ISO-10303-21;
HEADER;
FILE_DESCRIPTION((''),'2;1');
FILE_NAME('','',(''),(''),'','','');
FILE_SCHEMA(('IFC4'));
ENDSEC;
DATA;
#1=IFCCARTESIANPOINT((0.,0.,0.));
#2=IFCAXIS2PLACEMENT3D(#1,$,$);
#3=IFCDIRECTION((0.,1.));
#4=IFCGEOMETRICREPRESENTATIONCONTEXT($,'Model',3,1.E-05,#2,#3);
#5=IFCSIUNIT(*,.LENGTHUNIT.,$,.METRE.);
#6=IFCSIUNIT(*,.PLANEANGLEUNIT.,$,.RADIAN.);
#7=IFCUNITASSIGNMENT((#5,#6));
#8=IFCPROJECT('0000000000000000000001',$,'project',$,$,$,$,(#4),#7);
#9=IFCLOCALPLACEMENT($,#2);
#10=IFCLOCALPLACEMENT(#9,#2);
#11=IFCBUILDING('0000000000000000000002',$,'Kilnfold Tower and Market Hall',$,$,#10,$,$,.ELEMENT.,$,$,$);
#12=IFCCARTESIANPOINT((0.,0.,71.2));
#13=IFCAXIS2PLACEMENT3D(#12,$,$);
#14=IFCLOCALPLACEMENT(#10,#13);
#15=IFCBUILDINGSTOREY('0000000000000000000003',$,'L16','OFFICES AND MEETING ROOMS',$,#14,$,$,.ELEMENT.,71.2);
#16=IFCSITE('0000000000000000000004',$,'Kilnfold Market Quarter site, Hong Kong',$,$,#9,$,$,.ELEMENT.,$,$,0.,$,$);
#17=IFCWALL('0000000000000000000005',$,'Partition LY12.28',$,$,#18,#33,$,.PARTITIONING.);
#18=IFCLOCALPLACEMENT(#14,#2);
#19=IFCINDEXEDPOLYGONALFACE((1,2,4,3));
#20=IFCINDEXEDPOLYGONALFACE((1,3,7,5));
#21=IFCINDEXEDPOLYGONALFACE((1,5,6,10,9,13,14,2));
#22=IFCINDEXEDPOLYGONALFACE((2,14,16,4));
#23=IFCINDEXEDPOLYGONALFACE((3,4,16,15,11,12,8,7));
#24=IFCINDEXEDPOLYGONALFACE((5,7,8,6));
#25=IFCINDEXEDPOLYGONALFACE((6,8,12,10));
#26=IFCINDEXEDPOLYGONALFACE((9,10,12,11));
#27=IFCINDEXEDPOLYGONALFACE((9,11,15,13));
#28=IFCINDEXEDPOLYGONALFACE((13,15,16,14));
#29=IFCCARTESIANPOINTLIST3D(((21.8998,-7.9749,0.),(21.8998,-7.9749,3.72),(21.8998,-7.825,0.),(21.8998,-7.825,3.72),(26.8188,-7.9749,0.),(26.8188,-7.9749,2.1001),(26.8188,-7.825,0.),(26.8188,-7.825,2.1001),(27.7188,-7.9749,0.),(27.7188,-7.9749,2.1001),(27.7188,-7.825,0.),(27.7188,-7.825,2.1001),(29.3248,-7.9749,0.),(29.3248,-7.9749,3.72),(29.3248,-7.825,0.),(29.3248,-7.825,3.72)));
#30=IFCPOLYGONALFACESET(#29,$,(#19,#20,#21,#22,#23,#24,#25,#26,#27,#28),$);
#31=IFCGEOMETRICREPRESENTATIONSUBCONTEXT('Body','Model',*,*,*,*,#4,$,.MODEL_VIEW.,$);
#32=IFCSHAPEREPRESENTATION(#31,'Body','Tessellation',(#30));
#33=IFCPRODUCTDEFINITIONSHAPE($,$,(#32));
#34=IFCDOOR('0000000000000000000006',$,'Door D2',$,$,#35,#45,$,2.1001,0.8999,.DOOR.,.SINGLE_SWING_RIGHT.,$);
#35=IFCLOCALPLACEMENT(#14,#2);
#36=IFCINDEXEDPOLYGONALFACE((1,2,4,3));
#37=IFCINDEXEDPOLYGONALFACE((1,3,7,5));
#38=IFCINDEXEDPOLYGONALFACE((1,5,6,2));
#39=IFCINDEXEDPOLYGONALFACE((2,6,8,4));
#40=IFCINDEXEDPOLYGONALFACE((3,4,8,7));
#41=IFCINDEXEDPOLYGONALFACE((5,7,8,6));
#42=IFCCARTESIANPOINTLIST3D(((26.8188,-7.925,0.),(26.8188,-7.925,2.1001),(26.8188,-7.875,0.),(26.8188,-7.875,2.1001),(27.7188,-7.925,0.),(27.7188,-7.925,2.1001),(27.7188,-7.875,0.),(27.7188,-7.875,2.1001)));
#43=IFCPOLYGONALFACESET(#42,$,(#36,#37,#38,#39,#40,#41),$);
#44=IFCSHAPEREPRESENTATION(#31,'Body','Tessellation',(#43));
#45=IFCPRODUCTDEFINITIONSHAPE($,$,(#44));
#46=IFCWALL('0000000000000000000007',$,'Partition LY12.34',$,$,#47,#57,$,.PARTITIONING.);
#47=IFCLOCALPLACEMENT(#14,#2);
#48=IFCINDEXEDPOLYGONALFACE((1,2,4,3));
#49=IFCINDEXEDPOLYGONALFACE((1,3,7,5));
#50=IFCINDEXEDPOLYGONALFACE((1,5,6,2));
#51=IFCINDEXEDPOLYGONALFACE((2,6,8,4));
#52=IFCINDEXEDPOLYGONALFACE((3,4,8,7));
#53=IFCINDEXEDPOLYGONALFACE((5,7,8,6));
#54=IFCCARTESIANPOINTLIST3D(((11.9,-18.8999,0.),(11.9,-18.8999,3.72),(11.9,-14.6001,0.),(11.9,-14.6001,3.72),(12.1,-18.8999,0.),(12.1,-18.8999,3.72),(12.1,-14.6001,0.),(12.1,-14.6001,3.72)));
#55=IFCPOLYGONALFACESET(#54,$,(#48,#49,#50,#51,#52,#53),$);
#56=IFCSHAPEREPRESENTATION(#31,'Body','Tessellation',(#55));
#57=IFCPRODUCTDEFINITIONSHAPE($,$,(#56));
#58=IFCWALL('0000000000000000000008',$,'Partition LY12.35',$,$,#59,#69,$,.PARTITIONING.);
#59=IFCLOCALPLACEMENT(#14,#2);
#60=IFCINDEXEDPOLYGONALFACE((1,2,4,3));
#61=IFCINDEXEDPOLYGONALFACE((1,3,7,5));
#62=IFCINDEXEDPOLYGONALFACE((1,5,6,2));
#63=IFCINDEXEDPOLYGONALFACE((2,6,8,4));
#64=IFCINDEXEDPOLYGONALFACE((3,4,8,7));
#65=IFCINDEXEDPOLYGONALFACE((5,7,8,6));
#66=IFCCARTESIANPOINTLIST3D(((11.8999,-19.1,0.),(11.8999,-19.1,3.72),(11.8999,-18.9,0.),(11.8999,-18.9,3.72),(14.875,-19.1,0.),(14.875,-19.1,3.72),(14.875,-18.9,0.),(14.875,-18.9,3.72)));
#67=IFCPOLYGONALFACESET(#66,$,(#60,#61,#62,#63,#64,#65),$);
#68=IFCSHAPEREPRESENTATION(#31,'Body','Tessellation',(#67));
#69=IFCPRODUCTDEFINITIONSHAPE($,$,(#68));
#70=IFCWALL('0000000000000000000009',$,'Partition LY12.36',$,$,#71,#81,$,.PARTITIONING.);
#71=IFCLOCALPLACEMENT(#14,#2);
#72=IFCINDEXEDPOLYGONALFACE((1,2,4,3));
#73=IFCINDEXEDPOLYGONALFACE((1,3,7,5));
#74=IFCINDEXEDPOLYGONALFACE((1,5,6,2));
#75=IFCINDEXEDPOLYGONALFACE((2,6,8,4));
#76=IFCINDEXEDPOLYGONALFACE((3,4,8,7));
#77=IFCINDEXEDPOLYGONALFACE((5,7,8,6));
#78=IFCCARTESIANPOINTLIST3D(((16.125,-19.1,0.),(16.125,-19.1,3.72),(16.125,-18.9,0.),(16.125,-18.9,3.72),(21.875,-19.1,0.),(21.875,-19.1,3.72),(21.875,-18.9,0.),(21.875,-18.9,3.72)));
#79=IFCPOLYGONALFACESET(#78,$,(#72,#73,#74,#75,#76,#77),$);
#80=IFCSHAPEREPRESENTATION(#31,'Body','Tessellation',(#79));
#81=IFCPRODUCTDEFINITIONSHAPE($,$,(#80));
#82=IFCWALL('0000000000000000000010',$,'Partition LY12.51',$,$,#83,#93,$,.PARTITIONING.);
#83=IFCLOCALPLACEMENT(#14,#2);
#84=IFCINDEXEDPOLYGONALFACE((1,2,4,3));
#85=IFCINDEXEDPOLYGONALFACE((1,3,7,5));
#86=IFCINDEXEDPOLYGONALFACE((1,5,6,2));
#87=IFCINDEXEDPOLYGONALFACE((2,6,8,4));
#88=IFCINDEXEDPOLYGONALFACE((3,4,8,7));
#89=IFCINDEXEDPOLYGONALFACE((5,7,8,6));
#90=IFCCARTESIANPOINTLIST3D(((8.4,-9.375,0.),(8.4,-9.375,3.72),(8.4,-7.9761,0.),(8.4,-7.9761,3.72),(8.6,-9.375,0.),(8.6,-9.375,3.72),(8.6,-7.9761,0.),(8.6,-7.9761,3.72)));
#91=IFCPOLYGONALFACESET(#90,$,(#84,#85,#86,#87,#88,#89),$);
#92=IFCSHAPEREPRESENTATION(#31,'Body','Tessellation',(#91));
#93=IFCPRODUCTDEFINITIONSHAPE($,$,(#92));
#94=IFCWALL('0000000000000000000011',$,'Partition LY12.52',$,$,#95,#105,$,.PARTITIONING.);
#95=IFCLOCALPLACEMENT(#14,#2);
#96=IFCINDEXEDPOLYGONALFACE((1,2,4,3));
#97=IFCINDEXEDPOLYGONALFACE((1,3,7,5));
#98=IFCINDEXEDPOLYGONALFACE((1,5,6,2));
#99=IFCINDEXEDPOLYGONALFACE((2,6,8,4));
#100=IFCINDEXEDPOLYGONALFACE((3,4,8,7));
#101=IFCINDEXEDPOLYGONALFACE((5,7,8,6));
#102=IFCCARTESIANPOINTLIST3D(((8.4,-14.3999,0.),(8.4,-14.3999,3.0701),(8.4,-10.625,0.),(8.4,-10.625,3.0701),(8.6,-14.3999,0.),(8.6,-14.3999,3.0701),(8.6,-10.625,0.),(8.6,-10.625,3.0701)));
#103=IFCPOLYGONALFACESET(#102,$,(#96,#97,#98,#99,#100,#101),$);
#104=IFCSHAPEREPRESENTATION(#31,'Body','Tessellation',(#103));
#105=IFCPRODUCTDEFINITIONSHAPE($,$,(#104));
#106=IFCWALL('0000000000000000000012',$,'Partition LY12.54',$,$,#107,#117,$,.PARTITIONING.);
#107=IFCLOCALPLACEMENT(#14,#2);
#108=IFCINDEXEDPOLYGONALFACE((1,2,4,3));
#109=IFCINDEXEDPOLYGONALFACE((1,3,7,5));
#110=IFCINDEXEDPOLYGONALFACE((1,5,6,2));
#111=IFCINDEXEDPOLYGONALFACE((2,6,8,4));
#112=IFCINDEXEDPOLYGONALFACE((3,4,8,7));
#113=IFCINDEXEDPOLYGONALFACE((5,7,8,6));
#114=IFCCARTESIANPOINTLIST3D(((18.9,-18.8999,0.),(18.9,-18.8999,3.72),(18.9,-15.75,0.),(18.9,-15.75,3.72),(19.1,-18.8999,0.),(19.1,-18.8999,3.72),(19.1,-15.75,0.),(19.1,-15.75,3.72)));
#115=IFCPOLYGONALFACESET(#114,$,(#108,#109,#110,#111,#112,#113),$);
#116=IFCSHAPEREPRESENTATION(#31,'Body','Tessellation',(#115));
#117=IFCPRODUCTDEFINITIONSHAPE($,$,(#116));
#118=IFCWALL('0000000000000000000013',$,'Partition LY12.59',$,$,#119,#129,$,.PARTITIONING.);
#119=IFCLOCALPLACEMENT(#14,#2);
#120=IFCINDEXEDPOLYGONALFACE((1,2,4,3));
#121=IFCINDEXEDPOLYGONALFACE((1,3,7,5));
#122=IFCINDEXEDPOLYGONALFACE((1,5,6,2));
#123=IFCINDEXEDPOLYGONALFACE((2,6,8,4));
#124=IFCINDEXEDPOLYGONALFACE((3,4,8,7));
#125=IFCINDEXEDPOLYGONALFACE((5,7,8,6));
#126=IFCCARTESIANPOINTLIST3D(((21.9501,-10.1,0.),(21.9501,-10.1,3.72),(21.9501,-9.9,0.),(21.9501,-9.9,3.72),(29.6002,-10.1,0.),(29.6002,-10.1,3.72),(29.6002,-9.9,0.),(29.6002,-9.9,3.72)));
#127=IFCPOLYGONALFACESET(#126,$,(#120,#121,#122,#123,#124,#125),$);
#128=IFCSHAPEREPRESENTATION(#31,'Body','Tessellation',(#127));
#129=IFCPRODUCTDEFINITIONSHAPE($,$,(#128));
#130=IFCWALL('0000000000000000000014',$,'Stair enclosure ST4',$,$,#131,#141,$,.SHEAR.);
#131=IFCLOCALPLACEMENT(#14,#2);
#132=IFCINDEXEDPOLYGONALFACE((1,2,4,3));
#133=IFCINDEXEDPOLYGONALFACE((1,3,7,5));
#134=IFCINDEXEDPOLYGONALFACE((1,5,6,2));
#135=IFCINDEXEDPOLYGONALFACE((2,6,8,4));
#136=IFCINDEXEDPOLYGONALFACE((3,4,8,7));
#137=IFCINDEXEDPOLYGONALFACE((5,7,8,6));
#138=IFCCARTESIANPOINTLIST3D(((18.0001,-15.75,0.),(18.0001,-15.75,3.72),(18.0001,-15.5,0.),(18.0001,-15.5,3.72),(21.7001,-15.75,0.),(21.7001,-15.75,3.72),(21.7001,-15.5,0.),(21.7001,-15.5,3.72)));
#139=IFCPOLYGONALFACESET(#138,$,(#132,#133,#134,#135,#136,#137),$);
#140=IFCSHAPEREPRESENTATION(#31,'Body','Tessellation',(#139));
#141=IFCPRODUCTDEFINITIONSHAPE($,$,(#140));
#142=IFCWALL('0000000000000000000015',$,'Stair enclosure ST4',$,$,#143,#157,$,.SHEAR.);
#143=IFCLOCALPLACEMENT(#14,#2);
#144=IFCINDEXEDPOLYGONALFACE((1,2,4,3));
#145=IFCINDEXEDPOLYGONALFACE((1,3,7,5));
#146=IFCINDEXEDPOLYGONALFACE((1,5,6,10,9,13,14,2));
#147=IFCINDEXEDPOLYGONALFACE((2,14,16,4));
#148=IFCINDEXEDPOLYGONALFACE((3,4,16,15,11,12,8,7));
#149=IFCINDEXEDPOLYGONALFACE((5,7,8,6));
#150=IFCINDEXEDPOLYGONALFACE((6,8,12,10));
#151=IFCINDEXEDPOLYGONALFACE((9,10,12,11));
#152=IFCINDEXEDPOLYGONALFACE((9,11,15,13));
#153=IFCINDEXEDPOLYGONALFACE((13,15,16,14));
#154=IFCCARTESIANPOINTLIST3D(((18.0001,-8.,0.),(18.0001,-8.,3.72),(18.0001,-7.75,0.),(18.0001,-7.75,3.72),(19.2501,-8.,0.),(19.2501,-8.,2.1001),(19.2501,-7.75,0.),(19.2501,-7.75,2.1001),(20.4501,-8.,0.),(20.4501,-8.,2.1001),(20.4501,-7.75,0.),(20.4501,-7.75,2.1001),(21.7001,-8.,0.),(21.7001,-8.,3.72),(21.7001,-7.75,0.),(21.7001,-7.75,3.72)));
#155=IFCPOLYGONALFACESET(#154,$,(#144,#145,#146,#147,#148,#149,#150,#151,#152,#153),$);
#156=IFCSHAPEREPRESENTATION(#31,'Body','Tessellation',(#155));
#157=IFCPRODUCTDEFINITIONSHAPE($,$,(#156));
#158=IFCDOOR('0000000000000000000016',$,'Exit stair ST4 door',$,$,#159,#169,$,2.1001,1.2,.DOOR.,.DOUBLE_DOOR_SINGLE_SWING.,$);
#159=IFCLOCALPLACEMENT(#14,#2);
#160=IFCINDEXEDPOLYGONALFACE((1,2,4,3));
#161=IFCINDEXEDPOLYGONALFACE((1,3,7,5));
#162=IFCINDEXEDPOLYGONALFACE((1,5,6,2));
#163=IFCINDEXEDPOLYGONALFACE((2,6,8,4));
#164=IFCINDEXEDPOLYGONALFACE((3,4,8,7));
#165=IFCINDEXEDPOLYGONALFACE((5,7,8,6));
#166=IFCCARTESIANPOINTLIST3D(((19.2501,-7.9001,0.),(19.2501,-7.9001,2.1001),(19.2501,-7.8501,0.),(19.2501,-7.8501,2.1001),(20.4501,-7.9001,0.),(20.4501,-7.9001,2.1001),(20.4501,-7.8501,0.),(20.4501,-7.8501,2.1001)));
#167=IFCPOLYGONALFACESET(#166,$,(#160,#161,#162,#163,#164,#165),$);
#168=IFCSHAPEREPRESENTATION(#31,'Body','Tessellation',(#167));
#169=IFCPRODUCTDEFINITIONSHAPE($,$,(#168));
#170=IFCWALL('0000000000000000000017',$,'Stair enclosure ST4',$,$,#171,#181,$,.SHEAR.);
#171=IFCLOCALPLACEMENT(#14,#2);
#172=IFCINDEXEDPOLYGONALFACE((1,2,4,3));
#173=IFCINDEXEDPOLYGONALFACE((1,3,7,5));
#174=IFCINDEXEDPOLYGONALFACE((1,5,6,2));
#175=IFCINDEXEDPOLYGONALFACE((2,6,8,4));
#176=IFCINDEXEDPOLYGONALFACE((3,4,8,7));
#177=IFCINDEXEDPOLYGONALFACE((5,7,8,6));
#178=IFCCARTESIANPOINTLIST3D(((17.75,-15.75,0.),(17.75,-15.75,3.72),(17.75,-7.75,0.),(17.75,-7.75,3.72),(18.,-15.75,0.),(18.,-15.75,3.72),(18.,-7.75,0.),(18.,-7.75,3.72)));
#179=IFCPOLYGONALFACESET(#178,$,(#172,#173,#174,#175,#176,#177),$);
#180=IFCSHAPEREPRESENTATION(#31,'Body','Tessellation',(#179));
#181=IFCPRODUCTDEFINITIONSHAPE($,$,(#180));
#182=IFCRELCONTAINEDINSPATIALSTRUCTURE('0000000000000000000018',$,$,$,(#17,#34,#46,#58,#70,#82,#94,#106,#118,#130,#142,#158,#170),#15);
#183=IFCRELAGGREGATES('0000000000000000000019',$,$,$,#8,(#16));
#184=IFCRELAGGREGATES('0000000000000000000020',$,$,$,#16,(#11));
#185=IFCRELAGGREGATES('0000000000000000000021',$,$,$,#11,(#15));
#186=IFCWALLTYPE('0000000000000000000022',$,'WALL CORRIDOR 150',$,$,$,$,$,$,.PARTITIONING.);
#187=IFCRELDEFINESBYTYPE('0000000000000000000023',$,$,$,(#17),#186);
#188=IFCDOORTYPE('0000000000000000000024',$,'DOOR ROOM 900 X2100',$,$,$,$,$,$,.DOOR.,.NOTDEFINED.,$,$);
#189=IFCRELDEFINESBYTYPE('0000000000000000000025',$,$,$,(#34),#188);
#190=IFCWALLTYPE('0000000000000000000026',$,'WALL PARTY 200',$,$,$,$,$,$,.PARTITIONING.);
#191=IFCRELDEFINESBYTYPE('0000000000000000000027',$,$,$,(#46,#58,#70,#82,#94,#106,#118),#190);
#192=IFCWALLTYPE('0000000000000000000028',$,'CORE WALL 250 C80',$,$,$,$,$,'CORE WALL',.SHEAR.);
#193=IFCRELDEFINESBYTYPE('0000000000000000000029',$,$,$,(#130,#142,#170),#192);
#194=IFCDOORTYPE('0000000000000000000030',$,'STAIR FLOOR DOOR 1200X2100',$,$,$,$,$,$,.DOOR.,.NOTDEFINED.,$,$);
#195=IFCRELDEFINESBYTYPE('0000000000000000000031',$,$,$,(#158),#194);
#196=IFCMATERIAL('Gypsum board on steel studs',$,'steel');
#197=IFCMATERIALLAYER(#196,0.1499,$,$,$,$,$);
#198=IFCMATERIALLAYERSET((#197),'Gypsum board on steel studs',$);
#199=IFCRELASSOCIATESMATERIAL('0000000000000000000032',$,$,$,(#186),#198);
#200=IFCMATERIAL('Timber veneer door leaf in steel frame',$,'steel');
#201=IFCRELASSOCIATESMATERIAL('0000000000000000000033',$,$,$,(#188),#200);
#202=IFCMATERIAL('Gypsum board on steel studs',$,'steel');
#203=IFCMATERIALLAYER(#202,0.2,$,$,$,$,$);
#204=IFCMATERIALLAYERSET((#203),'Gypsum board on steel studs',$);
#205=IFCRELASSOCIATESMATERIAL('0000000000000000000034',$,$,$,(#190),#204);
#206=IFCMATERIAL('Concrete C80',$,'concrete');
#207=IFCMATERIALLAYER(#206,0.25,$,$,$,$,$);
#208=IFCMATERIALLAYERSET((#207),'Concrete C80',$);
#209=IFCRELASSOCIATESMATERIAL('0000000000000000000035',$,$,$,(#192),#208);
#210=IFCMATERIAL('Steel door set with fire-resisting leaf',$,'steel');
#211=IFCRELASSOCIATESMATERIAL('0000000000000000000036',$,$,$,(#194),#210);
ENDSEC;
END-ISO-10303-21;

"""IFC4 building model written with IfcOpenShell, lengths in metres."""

from ifc_helpers import new_model, si_unit, direction, frame, frame_2d, origin, place, context, subcontext, project, spatial, rectangle, extrude, source, transform, mapped, material, layer, layer_set, type_object, element, fill, save


model = new_model("IFC4")

# Units and contexts
model_context = context("Model", 3, precision=1e-05, world=origin(), true_north=direction((0.0, 1.0)))
body_context = subcontext(model_context, "Body", "Model", "MODEL_VIEW")
ifc_project = project(units=[si_unit("LENGTHUNIT", "METRE"), si_unit("PLANEANGLEUNIT", "RADIAN")], contexts=[model_context])

# Site, building, storey
site_placement = place(None, origin())
site = spatial("IfcSite", under=ifc_project, at=site_placement, Name="Kilnfold Market Quarter site, Hong Kong", CompositionType="ELEMENT", RefElevation=0.0)
building_placement = place(site_placement, origin())
building = spatial("IfcBuilding", under=site, at=building_placement, Name="Kilnfold Tower and Market Hall", CompositionType="ELEMENT")
storey_placement = place(building_placement, frame((0.0, 0.0, 71.2)))
storey = spatial("IfcBuildingStorey", under=building, at=storey_placement, Name="L16", Description="OFFICES AND MEETING ROOMS", CompositionType="ELEMENT", Elevation=71.2)

# Wall, opening, door
ifc_material_1 = material(Name="Gypsum board on steel studs", Category="steel")
ifc_layer_1 = layer(ifc_material_1, 0.1499)
ifc_layer_set_1 = layer_set([ifc_layer_1], Name="Gypsum board on steel studs")
wall_type_1 = type_object("IfcWallType", Name="WALL CORRIDOR 150", PredefinedType="PARTITIONING", material=ifc_layer_set_1)
wall_1_placement = place(storey_placement, frame((21.8999, -7.8999, 0.0), z_axis=(0.0, 0.0, 1.0), x_axis=(1.0, 0.0, 0.0)))
wall_1 = element("IfcWall", 1, at=wall_1_placement, inside=storey, type_object=wall_type_1, Name="Partition LY12.28", PredefinedType="PARTITIONING", context=body_context, shape_type="SweptSolid", body=[
    extrude(rectangle(XDim=7.425, YDim=0.1499, at=frame_2d((3.7124, 0.0))), origin(), (0.0, 0.0, 1.0), 3.72),
])
opening_1_placement = place(wall_1_placement, frame((4.9189, 0.0, 0.0)))
opening_1 = element("IfcOpeningElement", 2, at=opening_1_placement, cuts=wall_1, PredefinedType="OPENING", context=body_context, shape_type="SweptSolid", body=[
    extrude(rectangle(XDim=0.8999, YDim=2.1001, at=frame_2d((0.45, 1.05))), frame((0.0, 0.085, 0.0), z_axis=(0.0, -1.0, 0.0), x_axis=(1.0, 0.0, 0.0)), (0.0, 0.0, 1.0), 0.1699),
])
ifc_material_2 = material(Name="Timber veneer door leaf in steel frame", Category="steel")
door_type_1 = type_object("IfcDoorType", Name="DOOR ROOM 900 X2100", OperationType="NOTDEFINED", PredefinedType="DOOR", material=ifc_material_2)
door_1_placement = place(opening_1_placement, origin())
door_1 = element("IfcDoor", 3, at=door_1_placement, inside=storey, type_object=door_type_1, Name="Door D2", OperationType="SINGLE_SWING_RIGHT", OverallHeight=2.1001, OverallWidth=0.8999, PredefinedType="DOOR", context=body_context, shape_type="SweptSolid", body=[
    extrude(rectangle(XDim=0.8999, YDim=2.1001, at=frame_2d((0.45, 1.05))), frame((0.0, 0.0249, 0.0), z_axis=(0.0, -1.0, 0.0), x_axis=(1.0, 0.0, 0.0)), (0.0, 0.0, 1.0), 0.05),
])
fill(opening_1, door_1)

# Walls
ifc_material_3 = material(Name="Gypsum board on steel studs", Category="steel")
ifc_layer_2 = layer(ifc_material_3, 0.2)
ifc_layer_set_2 = layer_set([ifc_layer_2], Name="Gypsum board on steel studs")
wall_type_2 = type_object("IfcWallType", Name="WALL PARTY 200", PredefinedType="PARTITIONING", material=ifc_layer_set_2)
wall_2_placement = place(storey_placement, frame((12.0, -18.8999, 0.0), z_axis=(0.0, 0.0, 1.0), x_axis=(0.0, 1.0, 0.0)))
element("IfcWall", 4, at=wall_2_placement, inside=storey, type_object=wall_type_2, Name="Partition LY12.34", PredefinedType="PARTITIONING", context=body_context, shape_type="SweptSolid", body=[
    extrude(rectangle(XDim=4.2998, YDim=0.2, at=frame_2d((2.1499, 0.0))), origin(), (0.0, 0.0, 1.0), 3.72),
])
wall_3_placement = place(storey_placement, frame((11.8999, -19.0, 0.0), z_axis=(0.0, 0.0, 1.0), x_axis=(1.0, 0.0, 0.0)))
element("IfcWall", 5, at=wall_3_placement, inside=storey, type_object=wall_type_2, Name="Partition LY12.35", PredefinedType="PARTITIONING", context=body_context, shape_type="SweptSolid", body=[
    extrude(rectangle(XDim=2.9751, YDim=0.2, at=frame_2d((1.4875, 0.0))), origin(), (0.0, 0.0, 1.0), 3.72),
])
wall_4_placement = place(storey_placement, frame((16.125, -19.0, 0.0), z_axis=(0.0, 0.0, 1.0), x_axis=(1.0, 0.0, 0.0)))
element("IfcWall", 6, at=wall_4_placement, inside=storey, type_object=wall_type_2, Name="Partition LY12.36", PredefinedType="PARTITIONING", context=body_context, shape_type="SweptSolid", body=[
    extrude(rectangle(XDim=5.75, YDim=0.2, at=frame_2d((2.875, 0.0))), origin(), (0.0, 0.0, 1.0), 3.72),
])
wall_5_placement = place(storey_placement, frame((8.5, -9.375, 0.0), z_axis=(0.0, 0.0, 1.0), x_axis=(0.0, 1.0, 0.0)))
element("IfcWall", 7, at=wall_5_placement, inside=storey, type_object=wall_type_2, Name="Partition LY12.51", PredefinedType="PARTITIONING", context=body_context, shape_type="SweptSolid", body=[
    extrude(rectangle(XDim=1.3989, YDim=0.2, at=frame_2d((0.6995, 0.0))), origin(), (0.0, 0.0, 1.0), 3.72),
])
wall_6_placement = place(storey_placement, frame((8.5, -14.3999, 0.0), z_axis=(0.0, 0.0, 1.0), x_axis=(0.0, 1.0, 0.0)))
element("IfcWall", 8, at=wall_6_placement, inside=storey, type_object=wall_type_2, Name="Partition LY12.52", PredefinedType="PARTITIONING", context=body_context, shape_type="SweptSolid", body=[
    extrude(rectangle(XDim=3.7749, YDim=0.2, at=frame_2d((1.8875, 0.0))), origin(), (0.0, 0.0, 1.0), 3.0701),
])
wall_7_placement = place(storey_placement, frame((19.0, -18.8999, 0.0), z_axis=(0.0, 0.0, 1.0), x_axis=(0.0, 1.0, 0.0)))
element("IfcWall", 9, at=wall_7_placement, inside=storey, type_object=wall_type_2, Name="Partition LY12.54", PredefinedType="PARTITIONING", context=body_context, shape_type="SweptSolid", body=[
    extrude(rectangle(XDim=3.1499, YDim=0.2, at=frame_2d((1.575, 0.0))), origin(), (0.0, 0.0, 1.0), 3.72),
])
wall_8_placement = place(storey_placement, frame((21.95, -10.0, 0.0), z_axis=(0.0, 0.0, 1.0), x_axis=(1.0, 0.0, 0.0)))
element("IfcWall", 10, at=wall_8_placement, inside=storey, type_object=wall_type_2, Name="Partition LY12.59", PredefinedType="PARTITIONING", context=body_context, shape_type="SweptSolid", body=[
    extrude(rectangle(XDim=7.6501, YDim=0.2, at=frame_2d((3.8252, 0.0))), origin(), (0.0, 0.0, 1.0), 3.72),
])
ifc_material_4 = material(Name="Concrete C80", Category="concrete")
ifc_layer_3 = layer(ifc_material_4, 0.25)
ifc_layer_set_3 = layer_set([ifc_layer_3], Name="Concrete C80")
wall_type_3 = type_object("IfcWallType", Name="CORE WALL 250 C80", ElementType="CORE WALL", PredefinedType="SHEAR", material=ifc_layer_set_3)
shared_shape_1 = source(origin(), body_context, "Body", "SweptSolid", [
    extrude(rectangle(XDim=3.7, YDim=0.25, at=frame_2d((1.8501, 0.0))), origin(), (0.0, 0.0, 1.0), 3.72),
])
wall_9_placement = place(storey_placement, frame((18.0, -15.625, 0.0), z_axis=(0.0, 0.0, 1.0), x_axis=(1.0, 0.0, 0.0)))
element("IfcWall", 11, at=wall_9_placement, inside=storey, type_object=wall_type_3, Name="Stair enclosure ST4", PredefinedType="SHEAR", context=body_context, shape_type="MappedRepresentation", body=[
    mapped(shared_shape_1, transform((0.0, 0.0, 0.0))),
])

# Wall, opening, door
wall_10_placement = place(storey_placement, frame((18.0, -7.875, 0.0), z_axis=(0.0, 0.0, 1.0), x_axis=(1.0, 0.0, 0.0)))
wall_10 = element("IfcWall", 12, at=wall_10_placement, inside=storey, type_object=wall_type_3, Name="Stair enclosure ST4", PredefinedType="SHEAR", context=body_context, shape_type="MappedRepresentation", body=[
    mapped(shared_shape_1, transform((0.0, 0.0, 0.0))),
])
opening_2_placement = place(wall_10_placement, frame((1.25, 0.0, 0.0)))
opening_2 = element("IfcOpeningElement", 13, at=opening_2_placement, cuts=wall_10, PredefinedType="OPENING", context=body_context, shape_type="SweptSolid", body=[
    extrude(rectangle(XDim=1.2, YDim=2.1001, at=frame_2d((0.6001, 1.05))), frame((0.0, 0.135, 0.0), z_axis=(0.0, -1.0, 0.0), x_axis=(1.0, 0.0, 0.0)), (0.0, 0.0, 1.0), 0.27),
])
ifc_material_5 = material(Name="Steel door set with fire-resisting leaf", Category="steel")
door_type_2 = type_object("IfcDoorType", Name="STAIR FLOOR DOOR 1200X2100", OperationType="NOTDEFINED", PredefinedType="DOOR", material=ifc_material_5)
door_2_placement = place(opening_2_placement, origin())
door_2 = element("IfcDoor", 14, at=door_2_placement, inside=storey, type_object=door_type_2, Name="Exit stair ST4 door", OperationType="DOUBLE_DOOR_SINGLE_SWING", OverallHeight=2.1001, OverallWidth=1.2, PredefinedType="DOOR", context=body_context, shape_type="SweptSolid", body=[
    extrude(rectangle(XDim=1.2, YDim=2.1001, at=frame_2d((0.6001, 1.05))), frame((0.0, 0.0249, 0.0), z_axis=(0.0, -1.0, 0.0), x_axis=(1.0, 0.0, 0.0)), (0.0, 0.0, 1.0), 0.05),
])
fill(opening_2, door_2)

# Wall
shared_shape_2 = source(origin(), body_context, "Body", "SweptSolid", [
    extrude(rectangle(XDim=8.0, YDim=0.25, at=frame_2d((4.0, 0.0))), origin(), (0.0, 0.0, 1.0), 3.72),
])
for number, where, z_axis, x_axis, name in (
    (15, (17.875, -15.75, 0.0), (0.0, 0.0, 1.0), (0.0, 1.0, 0.0), "Stair enclosure ST4"),
):
    element("IfcWall", number, at=place(storey_placement, frame(where, z_axis=z_axis, x_axis=x_axis)), inside=storey, type_object=wall_type_3, Name=name, PredefinedType="SHEAR", context=body_context, shape_type="MappedRepresentation", body=[
        mapped(shared_shape_2, transform((0.0, 0.0, 0.0))),
    ])

save(model, "model.ifc")
